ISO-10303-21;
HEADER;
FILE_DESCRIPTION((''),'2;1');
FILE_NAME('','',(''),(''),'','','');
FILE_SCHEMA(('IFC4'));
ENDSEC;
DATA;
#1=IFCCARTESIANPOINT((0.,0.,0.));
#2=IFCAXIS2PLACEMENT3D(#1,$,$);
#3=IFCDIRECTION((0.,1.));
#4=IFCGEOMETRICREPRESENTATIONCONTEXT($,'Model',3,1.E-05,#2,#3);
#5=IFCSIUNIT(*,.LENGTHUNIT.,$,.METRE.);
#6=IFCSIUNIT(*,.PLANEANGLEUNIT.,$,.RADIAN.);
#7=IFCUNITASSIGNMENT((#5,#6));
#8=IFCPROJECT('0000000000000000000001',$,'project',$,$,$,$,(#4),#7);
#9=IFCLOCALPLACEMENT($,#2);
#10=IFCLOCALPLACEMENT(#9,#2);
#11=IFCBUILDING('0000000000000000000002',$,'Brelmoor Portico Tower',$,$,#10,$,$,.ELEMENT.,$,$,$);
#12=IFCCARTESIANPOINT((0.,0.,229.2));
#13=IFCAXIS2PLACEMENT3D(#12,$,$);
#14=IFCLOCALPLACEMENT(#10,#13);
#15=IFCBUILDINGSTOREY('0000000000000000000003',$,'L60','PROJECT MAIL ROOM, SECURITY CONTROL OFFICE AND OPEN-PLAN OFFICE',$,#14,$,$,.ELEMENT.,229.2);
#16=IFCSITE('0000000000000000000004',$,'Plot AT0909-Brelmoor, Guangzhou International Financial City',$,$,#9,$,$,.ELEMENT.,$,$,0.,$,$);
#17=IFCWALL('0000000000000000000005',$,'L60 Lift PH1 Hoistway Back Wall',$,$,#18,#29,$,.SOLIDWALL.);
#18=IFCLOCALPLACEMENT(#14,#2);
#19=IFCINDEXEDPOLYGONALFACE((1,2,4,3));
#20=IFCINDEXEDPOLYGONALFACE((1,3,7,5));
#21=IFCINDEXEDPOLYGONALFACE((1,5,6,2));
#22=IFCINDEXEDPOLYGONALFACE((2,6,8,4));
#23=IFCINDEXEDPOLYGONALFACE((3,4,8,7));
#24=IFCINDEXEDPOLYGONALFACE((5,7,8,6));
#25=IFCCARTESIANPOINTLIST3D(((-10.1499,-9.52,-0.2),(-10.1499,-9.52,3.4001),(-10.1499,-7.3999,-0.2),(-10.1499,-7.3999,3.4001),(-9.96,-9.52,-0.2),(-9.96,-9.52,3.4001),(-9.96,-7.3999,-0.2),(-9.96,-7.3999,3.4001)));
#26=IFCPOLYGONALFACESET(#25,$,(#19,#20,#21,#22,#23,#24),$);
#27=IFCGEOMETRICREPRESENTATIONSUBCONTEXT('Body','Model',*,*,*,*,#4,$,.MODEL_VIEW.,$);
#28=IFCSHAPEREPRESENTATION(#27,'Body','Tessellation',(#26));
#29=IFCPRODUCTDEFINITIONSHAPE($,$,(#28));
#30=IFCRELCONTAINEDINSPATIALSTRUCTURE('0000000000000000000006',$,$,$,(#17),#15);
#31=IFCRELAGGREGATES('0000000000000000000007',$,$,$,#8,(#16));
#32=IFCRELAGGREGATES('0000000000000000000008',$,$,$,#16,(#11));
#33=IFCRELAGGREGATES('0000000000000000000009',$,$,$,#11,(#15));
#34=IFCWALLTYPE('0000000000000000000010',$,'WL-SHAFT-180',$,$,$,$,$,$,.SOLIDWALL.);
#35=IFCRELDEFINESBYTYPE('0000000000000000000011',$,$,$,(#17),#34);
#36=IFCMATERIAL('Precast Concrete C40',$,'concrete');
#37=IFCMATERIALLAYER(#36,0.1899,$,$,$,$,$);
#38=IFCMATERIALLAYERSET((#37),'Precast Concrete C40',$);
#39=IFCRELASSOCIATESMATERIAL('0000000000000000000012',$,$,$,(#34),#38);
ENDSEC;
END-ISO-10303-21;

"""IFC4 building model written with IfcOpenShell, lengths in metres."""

from ifc_helpers import new_model, si_unit, direction, frame, frame_2d, origin, place, context, subcontext, project, spatial, rectangle, extrude, material, layer, layer_set, type_object, element, save


model = new_model("IFC4")

# Units and contexts
model_context = context("Model", 3, precision=1e-05, world=origin(), true_north=direction((0.0, 1.0)))
body_context = subcontext(model_context, "Body", "Model", "MODEL_VIEW")
ifc_project = project(units=[si_unit("LENGTHUNIT", "METRE"), si_unit("PLANEANGLEUNIT", "RADIAN")], contexts=[model_context])

# Site, building, storey
site_placement = place(None, origin())
site = spatial("IfcSite", under=ifc_project, at=site_placement, Name="Plot AT0909-Brelmoor, Guangzhou International Financial City", CompositionType="ELEMENT", RefElevation=0.0)
building_placement = place(site_placement, origin())
building = spatial("IfcBuilding", under=site, at=building_placement, Name="Brelmoor Portico Tower", CompositionType="ELEMENT")
storey_placement = place(building_placement, frame((0.0, 0.0, 229.2)))
storey = spatial("IfcBuildingStorey", under=building, at=storey_placement, Name="L60", Description="PROJECT MAIL ROOM, SECURITY CONTROL OFFICE AND OPEN-PLAN OFFICE", CompositionType="ELEMENT", Elevation=229.2)

# Shared definitions
ifc_material_1 = material(Name="Precast Concrete C40", Category="concrete")
ifc_layer_1 = layer(ifc_material_1, 0.1899)
ifc_layer_set_1 = layer_set([ifc_layer_1], Name="Precast Concrete C40")
wall_type_1 = type_object("IfcWallType", Name="WL-SHAFT-180", PredefinedType="SOLIDWALL", material=ifc_layer_set_1)

# Wall
wall_1_placement = place(storey_placement, frame((-10.0549, -9.52, -0.2), z_axis=(0.0, 0.0, 1.0), x_axis=(0.0, 1.0, 0.0)))
element("IfcWall", 1, at=wall_1_placement, inside=storey, type_object=wall_type_1, Name="L60 Lift PH1 Hoistway Back Wall", PredefinedType="SOLIDWALL", context=body_context, shape_type="SweptSolid", body=[
    extrude(rectangle(XDim=2.1201, YDim=0.1899, at=frame_2d((1.0601, 0.0))), origin(), (0.0, 0.0, 1.0), 3.6001),
])

save(model, "model.ifc")
